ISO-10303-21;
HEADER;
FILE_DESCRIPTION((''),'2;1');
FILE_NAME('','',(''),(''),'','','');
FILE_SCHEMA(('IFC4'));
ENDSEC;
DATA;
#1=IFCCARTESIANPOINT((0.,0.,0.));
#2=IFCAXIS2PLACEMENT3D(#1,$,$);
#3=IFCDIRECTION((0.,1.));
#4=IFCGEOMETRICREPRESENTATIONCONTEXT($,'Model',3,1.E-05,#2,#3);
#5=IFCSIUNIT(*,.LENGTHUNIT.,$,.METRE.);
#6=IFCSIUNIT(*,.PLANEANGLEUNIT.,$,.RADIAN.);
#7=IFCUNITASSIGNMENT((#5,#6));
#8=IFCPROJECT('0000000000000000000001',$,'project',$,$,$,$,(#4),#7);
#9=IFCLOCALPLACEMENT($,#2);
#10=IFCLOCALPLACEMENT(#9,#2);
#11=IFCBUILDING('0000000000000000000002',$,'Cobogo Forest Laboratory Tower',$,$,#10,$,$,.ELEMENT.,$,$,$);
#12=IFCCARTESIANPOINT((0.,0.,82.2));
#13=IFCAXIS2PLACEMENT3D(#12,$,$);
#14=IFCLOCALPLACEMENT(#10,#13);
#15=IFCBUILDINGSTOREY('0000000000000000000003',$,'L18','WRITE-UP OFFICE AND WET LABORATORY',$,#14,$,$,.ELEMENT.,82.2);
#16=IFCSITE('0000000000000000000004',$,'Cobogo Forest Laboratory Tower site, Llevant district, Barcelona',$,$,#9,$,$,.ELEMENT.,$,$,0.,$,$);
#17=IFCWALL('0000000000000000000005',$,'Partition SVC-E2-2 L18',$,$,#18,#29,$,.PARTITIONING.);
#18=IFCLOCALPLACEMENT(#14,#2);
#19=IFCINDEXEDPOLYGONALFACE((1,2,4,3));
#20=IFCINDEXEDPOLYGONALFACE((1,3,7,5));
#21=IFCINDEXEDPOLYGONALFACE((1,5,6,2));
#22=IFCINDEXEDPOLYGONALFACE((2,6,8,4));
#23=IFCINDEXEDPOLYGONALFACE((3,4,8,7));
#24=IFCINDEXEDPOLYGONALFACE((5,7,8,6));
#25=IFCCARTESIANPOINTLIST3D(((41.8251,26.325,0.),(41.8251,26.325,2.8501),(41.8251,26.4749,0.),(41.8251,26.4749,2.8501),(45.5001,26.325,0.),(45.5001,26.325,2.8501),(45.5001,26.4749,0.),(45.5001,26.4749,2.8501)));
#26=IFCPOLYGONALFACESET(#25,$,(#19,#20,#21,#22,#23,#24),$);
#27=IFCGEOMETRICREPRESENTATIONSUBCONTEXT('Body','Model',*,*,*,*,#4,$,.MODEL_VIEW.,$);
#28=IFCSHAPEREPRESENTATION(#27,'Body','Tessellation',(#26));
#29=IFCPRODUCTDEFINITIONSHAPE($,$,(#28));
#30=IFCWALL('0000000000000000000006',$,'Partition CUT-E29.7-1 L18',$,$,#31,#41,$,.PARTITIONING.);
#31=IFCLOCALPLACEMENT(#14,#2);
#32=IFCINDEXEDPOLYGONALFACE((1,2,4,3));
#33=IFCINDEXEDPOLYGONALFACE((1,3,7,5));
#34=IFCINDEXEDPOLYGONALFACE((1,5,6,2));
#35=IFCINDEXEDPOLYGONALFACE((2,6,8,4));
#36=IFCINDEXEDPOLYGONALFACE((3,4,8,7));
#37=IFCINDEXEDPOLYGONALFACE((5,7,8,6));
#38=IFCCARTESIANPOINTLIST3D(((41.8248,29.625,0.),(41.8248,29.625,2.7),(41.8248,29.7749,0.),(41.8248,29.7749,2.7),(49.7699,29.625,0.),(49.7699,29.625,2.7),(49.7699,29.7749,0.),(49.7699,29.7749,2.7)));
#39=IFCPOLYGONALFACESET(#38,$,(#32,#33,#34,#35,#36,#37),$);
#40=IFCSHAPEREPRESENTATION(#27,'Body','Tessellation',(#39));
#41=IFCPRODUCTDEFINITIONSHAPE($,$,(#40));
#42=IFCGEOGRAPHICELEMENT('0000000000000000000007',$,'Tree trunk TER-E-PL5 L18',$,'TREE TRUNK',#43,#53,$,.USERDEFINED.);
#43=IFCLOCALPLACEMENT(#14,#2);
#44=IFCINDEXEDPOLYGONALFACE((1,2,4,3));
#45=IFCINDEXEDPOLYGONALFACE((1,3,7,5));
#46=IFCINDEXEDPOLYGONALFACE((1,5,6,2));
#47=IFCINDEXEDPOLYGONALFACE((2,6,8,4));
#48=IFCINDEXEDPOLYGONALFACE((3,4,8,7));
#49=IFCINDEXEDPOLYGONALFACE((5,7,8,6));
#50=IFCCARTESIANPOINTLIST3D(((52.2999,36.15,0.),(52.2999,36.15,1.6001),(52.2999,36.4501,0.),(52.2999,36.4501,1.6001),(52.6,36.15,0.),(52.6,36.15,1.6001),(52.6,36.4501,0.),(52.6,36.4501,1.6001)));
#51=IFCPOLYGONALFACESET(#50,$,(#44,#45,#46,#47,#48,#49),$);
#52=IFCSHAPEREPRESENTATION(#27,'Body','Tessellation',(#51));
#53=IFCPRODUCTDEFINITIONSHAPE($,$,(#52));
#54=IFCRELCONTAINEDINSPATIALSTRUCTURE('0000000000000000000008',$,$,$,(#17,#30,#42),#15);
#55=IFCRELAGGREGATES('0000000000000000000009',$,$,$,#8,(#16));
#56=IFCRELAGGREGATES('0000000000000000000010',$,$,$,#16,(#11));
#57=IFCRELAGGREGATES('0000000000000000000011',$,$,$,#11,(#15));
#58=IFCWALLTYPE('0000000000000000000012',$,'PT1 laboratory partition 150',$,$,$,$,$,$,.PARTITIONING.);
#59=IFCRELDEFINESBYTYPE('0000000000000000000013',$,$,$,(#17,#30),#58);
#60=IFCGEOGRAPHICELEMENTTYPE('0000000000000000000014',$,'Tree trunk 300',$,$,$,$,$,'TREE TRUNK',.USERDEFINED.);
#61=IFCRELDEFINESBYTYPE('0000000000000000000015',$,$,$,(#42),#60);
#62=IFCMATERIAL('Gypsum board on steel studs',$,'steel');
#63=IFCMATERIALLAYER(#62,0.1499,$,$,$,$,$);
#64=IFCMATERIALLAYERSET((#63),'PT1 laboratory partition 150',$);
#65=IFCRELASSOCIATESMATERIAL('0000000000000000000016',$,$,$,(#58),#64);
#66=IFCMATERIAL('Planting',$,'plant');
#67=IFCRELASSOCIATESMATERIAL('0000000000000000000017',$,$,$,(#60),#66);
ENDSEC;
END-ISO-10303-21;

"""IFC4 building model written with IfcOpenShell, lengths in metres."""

from ifc_helpers import new_model, si_unit, direction, frame, frame_2d, origin, origin_2d, place, context, subcontext, project, spatial, rectangle, extrude, material, layer, layer_set, type_object, element, save


model = new_model("IFC4")

# Units and contexts
model_context = context("Model", 3, precision=1e-05, world=origin(), true_north=direction((0.0, 1.0)))
body_context = subcontext(model_context, "Body", "Model", "MODEL_VIEW")
ifc_project = project(units=[si_unit("LENGTHUNIT", "METRE"), si_unit("PLANEANGLEUNIT", "RADIAN")], contexts=[model_context])

# Site, building, storey
site_placement = place(None, origin())
site = spatial("IfcSite", under=ifc_project, at=site_placement, Name="Cobogo Forest Laboratory Tower site, Llevant district, Barcelona", CompositionType="ELEMENT", RefElevation=0.0)
building_placement = place(site_placement, origin())
building = spatial("IfcBuilding", under=site, at=building_placement, Name="Cobogo Forest Laboratory Tower", CompositionType="ELEMENT")
storey_placement = place(building_placement, frame((0.0, 0.0, 82.2)))
storey = spatial("IfcBuildingStorey", under=building, at=storey_placement, Name="L18", Description="WRITE-UP OFFICE AND WET LABORATORY", CompositionType="ELEMENT", Elevation=82.2)

# Walls
ifc_material_1 = material(Name="Gypsum board on steel studs", Category="steel")
ifc_layer_1 = layer(ifc_material_1, 0.1499)
ifc_layer_set_1 = layer_set([ifc_layer_1], Name="PT1 laboratory partition 150")
wall_type = type_object("IfcWallType", Name="PT1 laboratory partition 150", PredefinedType="PARTITIONING", material=ifc_layer_set_1)
wall_1_placement = place(storey_placement, frame((45.5, 26.3999, 0.0), z_axis=(0.0, 0.0, 1.0), x_axis=(-1.0, 0.0, 0.0)))
element("IfcWall", 1, at=wall_1_placement, inside=storey, type_object=wall_type, Name="Partition SVC-E2-2 L18", PredefinedType="PARTITIONING", context=body_context, shape_type="SweptSolid", body=[
    extrude(rectangle(XDim=3.675, YDim=0.1499, at=frame_2d((1.8374, 0.0))), origin(), (0.0, 0.0, 1.0), 2.8501),
])
wall_2_placement = place(storey_placement, frame((49.77, 29.7, 0.0), z_axis=(0.0, 0.0, 1.0), x_axis=(-1.0, 0.0, 0.0)))
element("IfcWall", 2, at=wall_2_placement, inside=storey, type_object=wall_type, Name="Partition CUT-E29.7-1 L18", PredefinedType="PARTITIONING", context=body_context, shape_type="SweptSolid", body=[
    extrude(rectangle(XDim=7.9451, YDim=0.1499, at=frame_2d((3.9727, 0.0))), origin(), (0.0, 0.0, 1.0), 2.7),
])

# Geographic element
ifc_material_2 = material(Name="Planting", Category="plant")
geographic_element_type = type_object("IfcGeographicElementType", Name="Tree trunk 300", ElementType="TREE TRUNK", PredefinedType="USERDEFINED", material=ifc_material_2)
geographic_element_placement = place(storey_placement, frame((52.45, 36.3, 0.0), z_axis=(0.0, 0.0, 1.0), x_axis=(1.0, 0.0, 0.0)))
element("IfcGeographicElement", 3, at=geographic_element_placement, inside=storey, type_object=geographic_element_type, Name="Tree trunk TER-E-PL5 L18", ObjectType="TREE TRUNK", PredefinedType="USERDEFINED", context=body_context, shape_type="SweptSolid", body=[
    extrude(rectangle(XDim=0.3, YDim=0.3, at=origin_2d()), origin(), (0.0, 0.0, 1.0), 1.6001),
])

save(model, "model.ifc")
